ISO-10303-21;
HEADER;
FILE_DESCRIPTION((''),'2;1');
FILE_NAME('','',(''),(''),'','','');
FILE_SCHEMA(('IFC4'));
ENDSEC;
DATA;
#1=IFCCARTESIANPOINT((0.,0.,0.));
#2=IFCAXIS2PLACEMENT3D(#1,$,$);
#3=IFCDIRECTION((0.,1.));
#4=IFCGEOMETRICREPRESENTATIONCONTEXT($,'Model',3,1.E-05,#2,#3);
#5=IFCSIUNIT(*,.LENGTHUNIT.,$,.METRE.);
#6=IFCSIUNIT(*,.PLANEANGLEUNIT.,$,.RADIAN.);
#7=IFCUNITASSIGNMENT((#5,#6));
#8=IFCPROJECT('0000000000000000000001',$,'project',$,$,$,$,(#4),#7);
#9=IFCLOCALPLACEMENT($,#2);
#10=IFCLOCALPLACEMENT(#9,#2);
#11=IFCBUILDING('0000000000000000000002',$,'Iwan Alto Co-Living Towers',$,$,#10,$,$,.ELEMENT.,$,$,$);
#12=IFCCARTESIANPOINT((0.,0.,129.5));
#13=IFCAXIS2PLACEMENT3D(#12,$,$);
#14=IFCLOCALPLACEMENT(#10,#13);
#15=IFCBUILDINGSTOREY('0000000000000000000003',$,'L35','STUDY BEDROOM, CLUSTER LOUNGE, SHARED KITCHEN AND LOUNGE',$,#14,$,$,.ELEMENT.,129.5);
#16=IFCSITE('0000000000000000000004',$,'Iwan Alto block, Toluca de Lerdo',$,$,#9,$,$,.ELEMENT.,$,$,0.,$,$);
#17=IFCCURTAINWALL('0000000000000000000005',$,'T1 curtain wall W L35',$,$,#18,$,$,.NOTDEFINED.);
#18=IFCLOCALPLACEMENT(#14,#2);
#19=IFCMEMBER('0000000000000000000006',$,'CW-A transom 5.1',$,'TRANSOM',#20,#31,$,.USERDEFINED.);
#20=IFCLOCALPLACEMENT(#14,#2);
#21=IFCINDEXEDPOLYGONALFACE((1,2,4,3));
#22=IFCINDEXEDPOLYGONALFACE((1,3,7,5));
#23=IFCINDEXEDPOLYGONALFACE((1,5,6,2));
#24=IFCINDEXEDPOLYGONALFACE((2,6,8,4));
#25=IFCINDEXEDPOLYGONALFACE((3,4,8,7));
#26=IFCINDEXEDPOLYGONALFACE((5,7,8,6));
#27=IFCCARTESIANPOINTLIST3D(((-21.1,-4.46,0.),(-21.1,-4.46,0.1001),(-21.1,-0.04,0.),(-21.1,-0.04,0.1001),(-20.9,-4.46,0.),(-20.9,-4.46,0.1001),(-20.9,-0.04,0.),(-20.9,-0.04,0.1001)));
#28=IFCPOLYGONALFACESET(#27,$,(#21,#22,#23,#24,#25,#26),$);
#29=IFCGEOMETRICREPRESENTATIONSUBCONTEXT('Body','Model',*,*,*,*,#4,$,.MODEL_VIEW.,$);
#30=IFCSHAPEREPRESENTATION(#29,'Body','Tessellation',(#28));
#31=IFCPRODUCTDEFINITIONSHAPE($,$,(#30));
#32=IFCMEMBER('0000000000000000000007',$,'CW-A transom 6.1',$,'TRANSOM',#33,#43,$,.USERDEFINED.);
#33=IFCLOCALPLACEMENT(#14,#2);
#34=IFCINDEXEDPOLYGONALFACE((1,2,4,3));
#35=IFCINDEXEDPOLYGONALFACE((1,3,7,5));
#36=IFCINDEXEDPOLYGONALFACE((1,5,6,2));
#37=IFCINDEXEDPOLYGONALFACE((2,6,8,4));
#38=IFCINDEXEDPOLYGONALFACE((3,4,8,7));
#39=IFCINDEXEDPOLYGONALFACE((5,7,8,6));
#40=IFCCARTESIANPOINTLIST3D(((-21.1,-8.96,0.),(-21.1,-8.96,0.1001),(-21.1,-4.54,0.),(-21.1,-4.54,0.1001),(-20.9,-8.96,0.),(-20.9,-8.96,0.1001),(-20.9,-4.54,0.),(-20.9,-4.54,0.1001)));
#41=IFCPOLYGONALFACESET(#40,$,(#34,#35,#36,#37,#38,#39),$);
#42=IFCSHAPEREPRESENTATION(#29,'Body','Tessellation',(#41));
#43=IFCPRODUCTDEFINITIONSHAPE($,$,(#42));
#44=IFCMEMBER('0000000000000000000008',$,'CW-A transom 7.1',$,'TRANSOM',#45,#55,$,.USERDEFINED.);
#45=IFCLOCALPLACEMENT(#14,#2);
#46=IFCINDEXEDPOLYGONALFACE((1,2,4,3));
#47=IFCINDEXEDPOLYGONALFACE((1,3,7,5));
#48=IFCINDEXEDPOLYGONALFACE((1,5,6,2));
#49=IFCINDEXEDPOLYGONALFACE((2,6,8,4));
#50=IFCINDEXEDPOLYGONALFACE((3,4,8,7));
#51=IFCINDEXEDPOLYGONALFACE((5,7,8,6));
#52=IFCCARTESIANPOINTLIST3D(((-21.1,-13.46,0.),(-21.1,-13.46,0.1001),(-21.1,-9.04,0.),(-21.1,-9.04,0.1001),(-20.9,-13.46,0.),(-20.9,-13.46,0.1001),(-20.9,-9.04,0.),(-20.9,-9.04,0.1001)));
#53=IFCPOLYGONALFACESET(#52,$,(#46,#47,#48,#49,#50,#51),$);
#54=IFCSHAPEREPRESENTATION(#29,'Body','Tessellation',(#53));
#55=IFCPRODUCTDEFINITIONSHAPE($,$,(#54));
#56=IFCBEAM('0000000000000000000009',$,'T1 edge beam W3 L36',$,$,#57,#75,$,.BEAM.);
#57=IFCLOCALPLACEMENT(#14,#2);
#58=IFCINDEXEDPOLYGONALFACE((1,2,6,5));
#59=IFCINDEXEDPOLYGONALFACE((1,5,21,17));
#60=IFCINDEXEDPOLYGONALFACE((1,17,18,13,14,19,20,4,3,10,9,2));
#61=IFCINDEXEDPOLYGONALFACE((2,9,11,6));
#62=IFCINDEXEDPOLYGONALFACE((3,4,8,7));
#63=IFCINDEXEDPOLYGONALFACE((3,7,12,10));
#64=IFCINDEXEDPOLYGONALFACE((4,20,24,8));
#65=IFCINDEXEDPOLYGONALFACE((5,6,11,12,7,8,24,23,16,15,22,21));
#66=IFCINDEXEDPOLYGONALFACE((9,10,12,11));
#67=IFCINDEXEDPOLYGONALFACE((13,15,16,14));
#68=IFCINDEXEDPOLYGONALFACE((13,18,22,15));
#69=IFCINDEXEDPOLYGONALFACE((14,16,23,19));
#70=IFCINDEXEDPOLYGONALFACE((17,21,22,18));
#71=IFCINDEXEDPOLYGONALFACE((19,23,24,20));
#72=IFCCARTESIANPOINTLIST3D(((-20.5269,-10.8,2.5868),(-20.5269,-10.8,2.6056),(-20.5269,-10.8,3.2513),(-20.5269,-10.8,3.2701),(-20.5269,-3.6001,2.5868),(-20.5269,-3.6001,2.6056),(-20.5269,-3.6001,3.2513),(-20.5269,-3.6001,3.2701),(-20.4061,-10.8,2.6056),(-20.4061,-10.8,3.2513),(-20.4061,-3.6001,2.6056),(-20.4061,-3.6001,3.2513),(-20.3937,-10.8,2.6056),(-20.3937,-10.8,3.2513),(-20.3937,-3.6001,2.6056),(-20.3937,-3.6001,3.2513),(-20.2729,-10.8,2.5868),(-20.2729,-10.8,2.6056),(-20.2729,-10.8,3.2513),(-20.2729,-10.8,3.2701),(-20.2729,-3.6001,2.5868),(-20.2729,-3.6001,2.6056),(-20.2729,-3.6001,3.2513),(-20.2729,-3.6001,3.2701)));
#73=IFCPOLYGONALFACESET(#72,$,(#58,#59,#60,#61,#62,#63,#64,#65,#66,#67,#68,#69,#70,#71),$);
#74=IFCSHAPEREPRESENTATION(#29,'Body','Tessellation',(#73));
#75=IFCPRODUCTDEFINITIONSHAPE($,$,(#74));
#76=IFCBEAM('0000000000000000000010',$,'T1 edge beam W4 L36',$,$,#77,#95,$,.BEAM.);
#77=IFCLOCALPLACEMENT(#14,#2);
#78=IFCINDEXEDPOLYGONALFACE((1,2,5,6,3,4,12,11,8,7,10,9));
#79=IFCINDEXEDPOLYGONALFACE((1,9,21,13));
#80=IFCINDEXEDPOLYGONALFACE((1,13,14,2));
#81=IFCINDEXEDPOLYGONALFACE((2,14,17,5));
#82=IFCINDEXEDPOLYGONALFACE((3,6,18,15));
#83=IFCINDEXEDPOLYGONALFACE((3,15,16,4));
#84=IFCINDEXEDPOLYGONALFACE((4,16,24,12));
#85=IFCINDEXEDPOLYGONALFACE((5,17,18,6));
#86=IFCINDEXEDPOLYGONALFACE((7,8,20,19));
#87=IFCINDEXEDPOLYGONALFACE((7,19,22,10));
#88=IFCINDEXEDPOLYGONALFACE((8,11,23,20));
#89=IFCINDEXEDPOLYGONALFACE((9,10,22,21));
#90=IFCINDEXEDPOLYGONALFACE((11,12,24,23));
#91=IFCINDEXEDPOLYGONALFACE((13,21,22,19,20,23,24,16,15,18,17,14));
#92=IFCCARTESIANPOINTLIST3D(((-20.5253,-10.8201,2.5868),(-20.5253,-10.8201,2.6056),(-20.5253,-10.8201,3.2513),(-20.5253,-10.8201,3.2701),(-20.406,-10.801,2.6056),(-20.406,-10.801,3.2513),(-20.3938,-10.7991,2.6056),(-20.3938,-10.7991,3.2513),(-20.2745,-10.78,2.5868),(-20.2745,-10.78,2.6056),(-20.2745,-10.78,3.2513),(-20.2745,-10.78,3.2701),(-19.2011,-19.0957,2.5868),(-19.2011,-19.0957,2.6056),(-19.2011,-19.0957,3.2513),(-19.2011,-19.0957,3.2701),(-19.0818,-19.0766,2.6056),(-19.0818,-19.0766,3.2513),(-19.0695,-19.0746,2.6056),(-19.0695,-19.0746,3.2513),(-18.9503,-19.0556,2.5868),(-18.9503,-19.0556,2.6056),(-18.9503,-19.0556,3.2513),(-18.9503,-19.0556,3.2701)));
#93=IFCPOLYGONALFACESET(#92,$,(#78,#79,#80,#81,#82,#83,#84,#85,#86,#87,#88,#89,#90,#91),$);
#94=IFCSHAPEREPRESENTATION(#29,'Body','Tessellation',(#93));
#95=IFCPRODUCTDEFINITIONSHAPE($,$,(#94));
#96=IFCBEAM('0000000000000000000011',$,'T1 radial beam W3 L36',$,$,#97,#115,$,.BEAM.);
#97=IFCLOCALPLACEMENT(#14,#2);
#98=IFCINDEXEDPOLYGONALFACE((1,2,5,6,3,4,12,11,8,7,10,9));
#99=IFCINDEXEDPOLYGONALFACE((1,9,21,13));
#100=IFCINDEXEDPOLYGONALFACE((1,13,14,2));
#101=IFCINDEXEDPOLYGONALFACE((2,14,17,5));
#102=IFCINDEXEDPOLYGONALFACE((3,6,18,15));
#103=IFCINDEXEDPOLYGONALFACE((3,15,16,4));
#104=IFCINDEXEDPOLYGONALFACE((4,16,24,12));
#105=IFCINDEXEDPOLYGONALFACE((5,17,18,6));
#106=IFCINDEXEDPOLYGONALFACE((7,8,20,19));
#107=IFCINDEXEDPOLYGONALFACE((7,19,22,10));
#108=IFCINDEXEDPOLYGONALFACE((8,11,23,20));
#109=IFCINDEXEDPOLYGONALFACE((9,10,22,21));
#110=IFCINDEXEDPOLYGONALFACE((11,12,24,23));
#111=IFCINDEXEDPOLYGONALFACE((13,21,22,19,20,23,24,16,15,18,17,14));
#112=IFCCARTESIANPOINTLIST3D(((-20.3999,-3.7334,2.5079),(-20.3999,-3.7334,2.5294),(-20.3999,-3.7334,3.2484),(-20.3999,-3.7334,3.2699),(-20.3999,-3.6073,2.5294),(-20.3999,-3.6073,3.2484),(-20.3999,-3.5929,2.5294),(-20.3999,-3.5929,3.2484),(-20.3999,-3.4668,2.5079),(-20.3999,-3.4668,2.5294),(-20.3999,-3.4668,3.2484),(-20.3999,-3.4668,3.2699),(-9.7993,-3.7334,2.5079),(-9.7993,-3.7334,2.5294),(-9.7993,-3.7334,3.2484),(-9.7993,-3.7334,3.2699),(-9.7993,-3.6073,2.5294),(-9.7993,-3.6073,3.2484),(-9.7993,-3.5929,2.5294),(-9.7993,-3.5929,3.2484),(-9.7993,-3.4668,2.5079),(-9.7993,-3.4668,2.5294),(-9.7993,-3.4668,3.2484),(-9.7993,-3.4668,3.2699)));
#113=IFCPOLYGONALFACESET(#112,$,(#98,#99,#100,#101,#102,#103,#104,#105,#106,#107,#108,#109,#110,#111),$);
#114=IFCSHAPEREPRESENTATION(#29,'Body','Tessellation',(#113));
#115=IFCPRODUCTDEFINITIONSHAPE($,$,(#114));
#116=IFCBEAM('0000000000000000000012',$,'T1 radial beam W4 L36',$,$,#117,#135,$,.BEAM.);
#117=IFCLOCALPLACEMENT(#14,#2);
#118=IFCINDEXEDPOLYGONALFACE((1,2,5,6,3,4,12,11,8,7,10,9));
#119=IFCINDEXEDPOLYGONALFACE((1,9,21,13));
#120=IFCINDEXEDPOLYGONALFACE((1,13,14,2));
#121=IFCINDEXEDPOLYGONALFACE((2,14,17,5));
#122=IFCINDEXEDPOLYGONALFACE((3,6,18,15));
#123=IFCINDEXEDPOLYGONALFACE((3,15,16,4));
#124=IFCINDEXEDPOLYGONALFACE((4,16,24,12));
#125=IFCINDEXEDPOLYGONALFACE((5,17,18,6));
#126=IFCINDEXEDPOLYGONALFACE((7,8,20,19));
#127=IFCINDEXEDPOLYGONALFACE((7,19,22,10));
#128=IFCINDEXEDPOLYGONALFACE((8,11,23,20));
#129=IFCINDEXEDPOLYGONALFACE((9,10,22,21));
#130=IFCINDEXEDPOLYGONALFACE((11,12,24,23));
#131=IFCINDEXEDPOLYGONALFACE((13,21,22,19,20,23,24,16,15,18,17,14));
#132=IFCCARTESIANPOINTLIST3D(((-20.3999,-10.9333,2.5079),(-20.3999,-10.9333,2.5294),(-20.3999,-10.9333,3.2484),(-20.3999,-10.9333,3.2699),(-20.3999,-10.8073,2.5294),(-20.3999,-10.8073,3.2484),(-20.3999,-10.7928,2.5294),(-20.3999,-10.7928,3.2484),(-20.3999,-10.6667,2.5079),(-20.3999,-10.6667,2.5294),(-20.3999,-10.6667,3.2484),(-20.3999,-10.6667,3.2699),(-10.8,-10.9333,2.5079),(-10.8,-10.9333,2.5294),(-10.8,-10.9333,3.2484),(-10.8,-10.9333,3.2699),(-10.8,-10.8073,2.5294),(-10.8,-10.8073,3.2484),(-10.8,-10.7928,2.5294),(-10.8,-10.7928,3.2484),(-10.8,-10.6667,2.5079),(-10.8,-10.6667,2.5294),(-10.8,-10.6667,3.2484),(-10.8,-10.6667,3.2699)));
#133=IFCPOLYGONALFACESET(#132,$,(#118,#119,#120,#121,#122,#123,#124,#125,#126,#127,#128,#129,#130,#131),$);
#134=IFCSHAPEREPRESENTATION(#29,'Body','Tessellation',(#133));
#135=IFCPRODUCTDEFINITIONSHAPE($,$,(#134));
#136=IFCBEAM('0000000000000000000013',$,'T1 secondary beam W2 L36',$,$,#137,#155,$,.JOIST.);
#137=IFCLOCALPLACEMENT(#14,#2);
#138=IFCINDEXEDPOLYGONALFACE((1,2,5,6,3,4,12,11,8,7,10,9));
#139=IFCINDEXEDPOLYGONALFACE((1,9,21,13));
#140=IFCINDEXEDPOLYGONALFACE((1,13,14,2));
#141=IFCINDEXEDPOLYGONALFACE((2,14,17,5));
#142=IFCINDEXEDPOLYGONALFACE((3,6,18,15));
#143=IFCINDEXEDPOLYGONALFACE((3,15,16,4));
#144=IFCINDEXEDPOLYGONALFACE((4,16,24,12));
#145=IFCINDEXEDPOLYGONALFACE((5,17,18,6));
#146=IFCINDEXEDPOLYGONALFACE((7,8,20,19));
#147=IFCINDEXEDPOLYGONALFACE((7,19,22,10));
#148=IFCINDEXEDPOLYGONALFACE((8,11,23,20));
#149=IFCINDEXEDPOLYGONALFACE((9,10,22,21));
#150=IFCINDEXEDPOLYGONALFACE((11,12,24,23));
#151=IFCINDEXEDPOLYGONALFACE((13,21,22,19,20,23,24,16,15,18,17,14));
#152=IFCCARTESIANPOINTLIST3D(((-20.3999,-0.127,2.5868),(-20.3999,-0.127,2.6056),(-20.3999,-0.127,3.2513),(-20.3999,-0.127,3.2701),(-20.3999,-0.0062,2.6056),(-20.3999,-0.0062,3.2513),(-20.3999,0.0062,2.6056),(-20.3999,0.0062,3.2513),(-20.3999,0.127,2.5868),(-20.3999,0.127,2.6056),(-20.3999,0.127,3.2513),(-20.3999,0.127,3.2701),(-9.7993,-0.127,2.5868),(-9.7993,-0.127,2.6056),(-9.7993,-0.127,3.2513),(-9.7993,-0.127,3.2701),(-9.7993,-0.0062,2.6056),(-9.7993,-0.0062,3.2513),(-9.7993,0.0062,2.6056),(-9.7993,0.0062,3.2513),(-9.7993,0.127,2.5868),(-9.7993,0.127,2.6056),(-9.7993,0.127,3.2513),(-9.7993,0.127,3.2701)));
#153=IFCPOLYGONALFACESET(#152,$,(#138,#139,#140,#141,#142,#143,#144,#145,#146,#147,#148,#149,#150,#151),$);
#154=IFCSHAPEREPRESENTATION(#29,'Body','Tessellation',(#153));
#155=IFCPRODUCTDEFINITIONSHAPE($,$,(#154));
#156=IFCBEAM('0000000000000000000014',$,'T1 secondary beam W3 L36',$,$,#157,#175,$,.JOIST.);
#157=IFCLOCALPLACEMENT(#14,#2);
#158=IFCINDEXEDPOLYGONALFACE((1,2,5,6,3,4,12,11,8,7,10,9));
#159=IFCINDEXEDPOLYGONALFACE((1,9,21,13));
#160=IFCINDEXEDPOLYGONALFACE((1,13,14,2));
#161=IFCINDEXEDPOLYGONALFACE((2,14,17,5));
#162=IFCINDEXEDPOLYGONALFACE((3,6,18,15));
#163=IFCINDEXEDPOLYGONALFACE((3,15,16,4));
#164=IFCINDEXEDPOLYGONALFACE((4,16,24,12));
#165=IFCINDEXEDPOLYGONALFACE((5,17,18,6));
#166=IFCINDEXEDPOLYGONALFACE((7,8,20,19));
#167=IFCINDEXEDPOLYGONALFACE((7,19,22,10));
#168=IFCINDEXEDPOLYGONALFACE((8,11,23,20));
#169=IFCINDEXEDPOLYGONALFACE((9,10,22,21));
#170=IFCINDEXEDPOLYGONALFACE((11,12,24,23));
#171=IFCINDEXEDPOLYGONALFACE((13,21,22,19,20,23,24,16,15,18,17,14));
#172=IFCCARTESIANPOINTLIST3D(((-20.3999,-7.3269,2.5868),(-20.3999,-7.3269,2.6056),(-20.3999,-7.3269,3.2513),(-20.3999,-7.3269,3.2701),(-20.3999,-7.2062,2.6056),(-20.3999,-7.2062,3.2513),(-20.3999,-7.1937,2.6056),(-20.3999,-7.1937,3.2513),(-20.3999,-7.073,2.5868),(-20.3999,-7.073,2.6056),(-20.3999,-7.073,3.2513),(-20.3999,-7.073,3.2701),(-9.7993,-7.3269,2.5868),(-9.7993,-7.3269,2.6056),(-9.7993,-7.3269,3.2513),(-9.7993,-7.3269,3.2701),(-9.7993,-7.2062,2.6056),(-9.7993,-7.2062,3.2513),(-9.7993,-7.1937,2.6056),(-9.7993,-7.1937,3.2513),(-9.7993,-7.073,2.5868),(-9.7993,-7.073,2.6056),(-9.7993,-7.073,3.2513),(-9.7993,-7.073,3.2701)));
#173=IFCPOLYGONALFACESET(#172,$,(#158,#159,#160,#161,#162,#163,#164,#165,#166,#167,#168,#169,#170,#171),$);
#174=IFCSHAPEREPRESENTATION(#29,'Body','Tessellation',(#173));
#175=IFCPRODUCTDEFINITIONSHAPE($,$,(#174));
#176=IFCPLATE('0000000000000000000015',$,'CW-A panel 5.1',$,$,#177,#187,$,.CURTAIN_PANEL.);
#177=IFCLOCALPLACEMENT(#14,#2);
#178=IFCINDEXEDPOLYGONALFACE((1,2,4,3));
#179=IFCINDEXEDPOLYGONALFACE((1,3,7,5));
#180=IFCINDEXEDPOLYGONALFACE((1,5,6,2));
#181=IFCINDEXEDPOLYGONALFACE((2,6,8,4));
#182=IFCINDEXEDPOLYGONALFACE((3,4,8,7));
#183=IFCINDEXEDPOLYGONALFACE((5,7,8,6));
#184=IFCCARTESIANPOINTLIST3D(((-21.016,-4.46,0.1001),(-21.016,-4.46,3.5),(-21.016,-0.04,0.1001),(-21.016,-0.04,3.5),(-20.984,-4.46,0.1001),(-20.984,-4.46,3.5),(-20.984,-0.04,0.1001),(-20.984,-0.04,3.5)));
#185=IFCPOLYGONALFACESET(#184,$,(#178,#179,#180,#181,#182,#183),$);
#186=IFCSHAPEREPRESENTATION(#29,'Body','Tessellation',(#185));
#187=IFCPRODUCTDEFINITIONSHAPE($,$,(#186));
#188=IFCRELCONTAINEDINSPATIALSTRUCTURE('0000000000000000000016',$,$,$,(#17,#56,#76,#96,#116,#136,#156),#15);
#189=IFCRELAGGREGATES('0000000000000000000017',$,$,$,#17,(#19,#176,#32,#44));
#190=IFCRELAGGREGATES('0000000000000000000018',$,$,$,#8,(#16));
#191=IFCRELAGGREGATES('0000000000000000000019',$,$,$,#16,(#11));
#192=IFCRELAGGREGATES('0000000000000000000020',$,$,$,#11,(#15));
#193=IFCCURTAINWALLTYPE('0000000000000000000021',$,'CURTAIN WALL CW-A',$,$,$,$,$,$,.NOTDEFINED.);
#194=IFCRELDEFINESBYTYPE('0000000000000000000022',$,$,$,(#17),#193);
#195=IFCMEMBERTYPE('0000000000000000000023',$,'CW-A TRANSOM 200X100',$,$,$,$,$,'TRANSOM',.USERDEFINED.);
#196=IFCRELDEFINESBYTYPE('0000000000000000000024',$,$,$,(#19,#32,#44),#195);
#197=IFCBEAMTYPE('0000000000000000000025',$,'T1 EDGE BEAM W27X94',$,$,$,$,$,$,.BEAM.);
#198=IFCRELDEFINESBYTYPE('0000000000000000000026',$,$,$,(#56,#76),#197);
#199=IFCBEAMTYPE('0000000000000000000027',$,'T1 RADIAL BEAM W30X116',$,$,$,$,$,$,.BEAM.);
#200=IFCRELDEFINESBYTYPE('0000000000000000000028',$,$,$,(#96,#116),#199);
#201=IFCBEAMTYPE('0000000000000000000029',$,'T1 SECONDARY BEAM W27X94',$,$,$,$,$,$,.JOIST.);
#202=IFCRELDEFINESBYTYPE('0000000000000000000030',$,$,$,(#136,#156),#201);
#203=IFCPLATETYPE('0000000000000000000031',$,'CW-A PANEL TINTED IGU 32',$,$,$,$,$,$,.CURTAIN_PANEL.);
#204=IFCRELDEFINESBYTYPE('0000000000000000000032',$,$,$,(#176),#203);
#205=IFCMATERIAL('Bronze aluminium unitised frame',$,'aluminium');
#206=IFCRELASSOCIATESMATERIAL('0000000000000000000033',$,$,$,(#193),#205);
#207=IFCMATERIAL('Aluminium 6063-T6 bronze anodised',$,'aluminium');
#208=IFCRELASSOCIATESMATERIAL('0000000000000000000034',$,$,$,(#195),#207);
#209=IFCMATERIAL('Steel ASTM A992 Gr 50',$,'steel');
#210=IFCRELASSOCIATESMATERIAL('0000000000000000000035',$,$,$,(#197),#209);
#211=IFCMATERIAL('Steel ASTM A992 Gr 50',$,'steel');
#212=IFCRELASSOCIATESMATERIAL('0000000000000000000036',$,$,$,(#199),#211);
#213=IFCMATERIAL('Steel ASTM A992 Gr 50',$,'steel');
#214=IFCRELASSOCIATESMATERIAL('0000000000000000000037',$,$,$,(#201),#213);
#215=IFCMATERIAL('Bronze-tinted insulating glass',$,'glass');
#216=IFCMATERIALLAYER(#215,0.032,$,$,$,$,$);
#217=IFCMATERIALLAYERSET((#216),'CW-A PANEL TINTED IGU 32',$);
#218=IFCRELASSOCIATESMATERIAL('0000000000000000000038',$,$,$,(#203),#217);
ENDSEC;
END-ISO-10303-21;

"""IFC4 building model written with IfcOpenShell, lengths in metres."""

from ifc_helpers import new_model, si_unit, direction, frame, origin, origin_2d, place, context, subcontext, project, spatial, rectangle, i_section, extrude, material, layer, layer_set, material_profile, profile_set, type_object, element, aggregate, save


model = new_model("IFC4")

# Units and contexts
model_context = context("Model", 3, precision=1e-05, world=origin(), true_north=direction((0.0, 1.0)))
body_context = subcontext(model_context, "Body", "Model", "MODEL_VIEW")
ifc_project = project(units=[si_unit("LENGTHUNIT", "METRE"), si_unit("PLANEANGLEUNIT", "RADIAN")], contexts=[model_context])

# Site, building, storey
site_placement = place(None, origin())
site = spatial("IfcSite", under=ifc_project, at=site_placement, Name="Iwan Alto block, Toluca de Lerdo", CompositionType="ELEMENT", RefElevation=0.0)
building_placement = place(site_placement, origin())
building = spatial("IfcBuilding", under=site, at=building_placement, Name="Iwan Alto Co-Living Towers", CompositionType="ELEMENT")
storey_placement = place(building_placement, frame((0.0, 0.0, 129.5)))
storey = spatial("IfcBuildingStorey", under=building, at=storey_placement, Name="L35", Description="STUDY BEDROOM, CLUSTER LOUNGE, SHARED KITCHEN AND LOUNGE", CompositionType="ELEMENT", Elevation=129.5)

# Curtain wall, members
ifc_material_1 = material(Name="Bronze aluminium unitised frame", Category="aluminium")
curtain_wall_type = type_object("IfcCurtainWallType", Name="CURTAIN WALL CW-A", PredefinedType="NOTDEFINED", material=ifc_material_1)
curtain_wall_placement = place(storey_placement, origin())
curtain_wall = element("IfcCurtainWall", 1, at=curtain_wall_placement, inside=storey, type_object=curtain_wall_type, Name="T1 curtain wall W L35", PredefinedType="NOTDEFINED")
ifc_material_2 = material(Name="Aluminium 6063-T6 bronze anodised", Category="aluminium")
ifc_material_profile_1 = material_profile(ifc_material_2, rectangle(XDim=0.2, YDim=0.1001, at=origin_2d()), Name="AL 200X100")
ifc_profile_set_1 = profile_set([ifc_material_profile_1], Name="Aluminium 6063-T6 bronze anodised")
member_type = type_object("IfcMemberType", Name="CW-A TRANSOM 200X100", ElementType="TRANSOM", PredefinedType="USERDEFINED", material=ifc_profile_set_1)
member_1_placement = place(storey_placement, frame((-21.0, -0.04, 0.05), z_axis=(0.0, -1.0, 0.0), x_axis=(1.0, 0.0, 0.0)))
member_1 = element("IfcMember", 2, at=member_1_placement, type_object=member_type, Name="CW-A transom 5.1", ObjectType="TRANSOM", PredefinedType="USERDEFINED", context=body_context, shape_type="SweptSolid", body=[
    extrude(rectangle(XDim=0.2, YDim=0.1001, at=origin_2d()), origin(), (0.0, 0.0, 1.0), 4.4199),
])
member_2_placement = place(storey_placement, frame((-21.0, -4.54, 0.05), z_axis=(0.0, -1.0, 0.0), x_axis=(1.0, 0.0, 0.0)))
member_2 = element("IfcMember", 3, at=member_2_placement, type_object=member_type, Name="CW-A transom 6.1", ObjectType="TRANSOM", PredefinedType="USERDEFINED", context=body_context, shape_type="SweptSolid", body=[
    extrude(rectangle(XDim=0.2, YDim=0.1001, at=origin_2d()), origin(), (0.0, 0.0, 1.0), 4.4199),
])
member_3_placement = place(storey_placement, frame((-21.0, -9.04, 0.05), z_axis=(0.0, -1.0, 0.0), x_axis=(1.0, 0.0, 0.0)))
member_3 = element("IfcMember", 4, at=member_3_placement, type_object=member_type, Name="CW-A transom 7.1", ObjectType="TRANSOM", PredefinedType="USERDEFINED", context=body_context, shape_type="SweptSolid", body=[
    extrude(rectangle(XDim=0.2, YDim=0.1001, at=origin_2d()), origin(), (0.0, 0.0, 1.0), 4.4199),
])

# Beams
ifc_material_3 = material(Name="Steel ASTM A992 Gr 50", Category="steel")
ifc_material_profile_2 = material_profile(ifc_material_3, i_section(OverallWidth=0.2539, OverallDepth=0.6833, WebThickness=0.0125, FlangeThickness=0.0188, at=origin_2d()), Name="W27X94")
ifc_profile_set_2 = profile_set([ifc_material_profile_2], Name="Steel ASTM A992 Gr 50")
beam_type_1 = type_object("IfcBeamType", Name="T1 EDGE BEAM W27X94", PredefinedType="BEAM", material=ifc_profile_set_2)
beam_1_placement = place(storey_placement, frame((-20.3999, -3.6001, 2.9285), z_axis=(0.0, -1.0, 0.0), x_axis=(1.0, 0.0, 0.0)))
element("IfcBeam", 5, at=beam_1_placement, inside=storey, type_object=beam_type_1, Name="T1 edge beam W3 L36", PredefinedType="BEAM", context=body_context, shape_type="SweptSolid", body=[
    extrude(i_section(OverallWidth=0.2539, OverallDepth=0.6833, WebThickness=0.0125, FlangeThickness=0.0188, at=origin_2d()), origin(), (0.0, 0.0, 1.0), 7.2),
])
beam_2_placement = place(storey_placement, frame((-20.3999, -10.8, 2.9285), z_axis=(0.158004, -0.987438, 0.0), x_axis=(0.987438, 0.158004, 0.0)))
element("IfcBeam", 6, at=beam_2_placement, inside=storey, type_object=beam_type_1, Name="T1 edge beam W4 L36", PredefinedType="BEAM", context=body_context, shape_type="SweptSolid", body=[
    extrude(i_section(OverallWidth=0.2539, OverallDepth=0.6833, WebThickness=0.0125, FlangeThickness=0.0188, at=origin_2d()), origin(), (0.0, 0.0, 1.0), 8.3809),
])
ifc_material_4 = material(Name="Steel ASTM A992 Gr 50", Category="steel")
ifc_material_profile_3 = material_profile(ifc_material_4, i_section(OverallWidth=0.2666, OverallDepth=0.762, WebThickness=0.0144, FlangeThickness=0.0215, at=origin_2d()), Name="W30X116")
ifc_profile_set_3 = profile_set([ifc_material_profile_3], Name="Steel ASTM A992 Gr 50")
beam_type_2 = type_object("IfcBeamType", Name="T1 RADIAL BEAM W30X116", PredefinedType="BEAM", material=ifc_profile_set_3)
beam_3_placement = place(storey_placement, frame((-20.3999, -3.6001, 2.8889), z_axis=(1.0, 0.0, 0.0), x_axis=(0.0, 1.0, 0.0)))
element("IfcBeam", 7, at=beam_3_placement, inside=storey, type_object=beam_type_2, Name="T1 radial beam W3 L36", PredefinedType="BEAM", context=body_context, shape_type="SweptSolid", body=[
    extrude(i_section(OverallWidth=0.2666, OverallDepth=0.762, WebThickness=0.0144, FlangeThickness=0.0215, at=origin_2d()), origin(), (0.0, 0.0, 1.0), 10.6006),
])
beam_4_placement = place(storey_placement, frame((-20.3999, -10.8, 2.8889), z_axis=(1.0, 0.0, 0.0), x_axis=(0.0, 1.0, 0.0)))
element("IfcBeam", 8, at=beam_4_placement, inside=storey, type_object=beam_type_2, Name="T1 radial beam W4 L36", PredefinedType="BEAM", context=body_context, shape_type="SweptSolid", body=[
    extrude(i_section(OverallWidth=0.2666, OverallDepth=0.762, WebThickness=0.0144, FlangeThickness=0.0215, at=origin_2d()), origin(), (0.0, 0.0, 1.0), 9.5999),
])
ifc_material_5 = material(Name="Steel ASTM A992 Gr 50", Category="steel")
ifc_material_profile_4 = material_profile(ifc_material_5, i_section(OverallWidth=0.2539, OverallDepth=0.6833, WebThickness=0.0125, FlangeThickness=0.0188, at=origin_2d()), Name="W27X94")
ifc_profile_set_4 = profile_set([ifc_material_profile_4], Name="Steel ASTM A992 Gr 50")
beam_type_3 = type_object("IfcBeamType", Name="T1 SECONDARY BEAM W27X94", PredefinedType="JOIST", material=ifc_profile_set_4)
for number, where, z_axis, x_axis, name in (
    (9, (-20.3999, 0.0, 2.9285), (1.0, 0.0, 0.0), (0.0, 1.0, 0.0), "T1 secondary beam W2 L36"),
    (10, (-20.3999, -7.2, 2.9285), (1.0, 0.0, 0.0), (0.0, 1.0, 0.0), "T1 secondary beam W3 L36"),
):
    element("IfcBeam", number, at=place(storey_placement, frame(where, z_axis=z_axis, x_axis=x_axis)), inside=storey, type_object=beam_type_3, Name=name, PredefinedType="JOIST", context=body_context, shape_type="SweptSolid", body=[
        extrude(i_section(OverallWidth=0.2539, OverallDepth=0.6833, WebThickness=0.0125, FlangeThickness=0.0188, at=origin_2d()), origin(), (0.0, 0.0, 1.0), 10.6006),
    ])

# Plate
ifc_material_6 = material(Name="Bronze-tinted insulating glass", Category="glass")
ifc_layer_1 = layer(ifc_material_6, 0.032)
ifc_layer_set_1 = layer_set([ifc_layer_1], Name="CW-A PANEL TINTED IGU 32")
plate_type = type_object("IfcPlateType", Name="CW-A PANEL TINTED IGU 32", PredefinedType="CURTAIN_PANEL", material=ifc_layer_set_1)
plate_1_placement = place(storey_placement, frame((-21.0, -2.25, 0.1001), z_axis=(0.0, 0.0, 1.0), x_axis=(0.0, -1.0, 0.0)))
plate_1 = element("IfcPlate", 11, at=plate_1_placement, type_object=plate_type, Name="CW-A panel 5.1", PredefinedType="CURTAIN_PANEL", context=body_context, shape_type="SweptSolid", body=[
    extrude(rectangle(XDim=4.4199, YDim=0.032, at=origin_2d()), origin(), (0.0, 0.0, 1.0), 3.3999),
])
aggregate(curtain_wall, [member_1, plate_1, member_2, member_3])

save(model, "model.ifc")
